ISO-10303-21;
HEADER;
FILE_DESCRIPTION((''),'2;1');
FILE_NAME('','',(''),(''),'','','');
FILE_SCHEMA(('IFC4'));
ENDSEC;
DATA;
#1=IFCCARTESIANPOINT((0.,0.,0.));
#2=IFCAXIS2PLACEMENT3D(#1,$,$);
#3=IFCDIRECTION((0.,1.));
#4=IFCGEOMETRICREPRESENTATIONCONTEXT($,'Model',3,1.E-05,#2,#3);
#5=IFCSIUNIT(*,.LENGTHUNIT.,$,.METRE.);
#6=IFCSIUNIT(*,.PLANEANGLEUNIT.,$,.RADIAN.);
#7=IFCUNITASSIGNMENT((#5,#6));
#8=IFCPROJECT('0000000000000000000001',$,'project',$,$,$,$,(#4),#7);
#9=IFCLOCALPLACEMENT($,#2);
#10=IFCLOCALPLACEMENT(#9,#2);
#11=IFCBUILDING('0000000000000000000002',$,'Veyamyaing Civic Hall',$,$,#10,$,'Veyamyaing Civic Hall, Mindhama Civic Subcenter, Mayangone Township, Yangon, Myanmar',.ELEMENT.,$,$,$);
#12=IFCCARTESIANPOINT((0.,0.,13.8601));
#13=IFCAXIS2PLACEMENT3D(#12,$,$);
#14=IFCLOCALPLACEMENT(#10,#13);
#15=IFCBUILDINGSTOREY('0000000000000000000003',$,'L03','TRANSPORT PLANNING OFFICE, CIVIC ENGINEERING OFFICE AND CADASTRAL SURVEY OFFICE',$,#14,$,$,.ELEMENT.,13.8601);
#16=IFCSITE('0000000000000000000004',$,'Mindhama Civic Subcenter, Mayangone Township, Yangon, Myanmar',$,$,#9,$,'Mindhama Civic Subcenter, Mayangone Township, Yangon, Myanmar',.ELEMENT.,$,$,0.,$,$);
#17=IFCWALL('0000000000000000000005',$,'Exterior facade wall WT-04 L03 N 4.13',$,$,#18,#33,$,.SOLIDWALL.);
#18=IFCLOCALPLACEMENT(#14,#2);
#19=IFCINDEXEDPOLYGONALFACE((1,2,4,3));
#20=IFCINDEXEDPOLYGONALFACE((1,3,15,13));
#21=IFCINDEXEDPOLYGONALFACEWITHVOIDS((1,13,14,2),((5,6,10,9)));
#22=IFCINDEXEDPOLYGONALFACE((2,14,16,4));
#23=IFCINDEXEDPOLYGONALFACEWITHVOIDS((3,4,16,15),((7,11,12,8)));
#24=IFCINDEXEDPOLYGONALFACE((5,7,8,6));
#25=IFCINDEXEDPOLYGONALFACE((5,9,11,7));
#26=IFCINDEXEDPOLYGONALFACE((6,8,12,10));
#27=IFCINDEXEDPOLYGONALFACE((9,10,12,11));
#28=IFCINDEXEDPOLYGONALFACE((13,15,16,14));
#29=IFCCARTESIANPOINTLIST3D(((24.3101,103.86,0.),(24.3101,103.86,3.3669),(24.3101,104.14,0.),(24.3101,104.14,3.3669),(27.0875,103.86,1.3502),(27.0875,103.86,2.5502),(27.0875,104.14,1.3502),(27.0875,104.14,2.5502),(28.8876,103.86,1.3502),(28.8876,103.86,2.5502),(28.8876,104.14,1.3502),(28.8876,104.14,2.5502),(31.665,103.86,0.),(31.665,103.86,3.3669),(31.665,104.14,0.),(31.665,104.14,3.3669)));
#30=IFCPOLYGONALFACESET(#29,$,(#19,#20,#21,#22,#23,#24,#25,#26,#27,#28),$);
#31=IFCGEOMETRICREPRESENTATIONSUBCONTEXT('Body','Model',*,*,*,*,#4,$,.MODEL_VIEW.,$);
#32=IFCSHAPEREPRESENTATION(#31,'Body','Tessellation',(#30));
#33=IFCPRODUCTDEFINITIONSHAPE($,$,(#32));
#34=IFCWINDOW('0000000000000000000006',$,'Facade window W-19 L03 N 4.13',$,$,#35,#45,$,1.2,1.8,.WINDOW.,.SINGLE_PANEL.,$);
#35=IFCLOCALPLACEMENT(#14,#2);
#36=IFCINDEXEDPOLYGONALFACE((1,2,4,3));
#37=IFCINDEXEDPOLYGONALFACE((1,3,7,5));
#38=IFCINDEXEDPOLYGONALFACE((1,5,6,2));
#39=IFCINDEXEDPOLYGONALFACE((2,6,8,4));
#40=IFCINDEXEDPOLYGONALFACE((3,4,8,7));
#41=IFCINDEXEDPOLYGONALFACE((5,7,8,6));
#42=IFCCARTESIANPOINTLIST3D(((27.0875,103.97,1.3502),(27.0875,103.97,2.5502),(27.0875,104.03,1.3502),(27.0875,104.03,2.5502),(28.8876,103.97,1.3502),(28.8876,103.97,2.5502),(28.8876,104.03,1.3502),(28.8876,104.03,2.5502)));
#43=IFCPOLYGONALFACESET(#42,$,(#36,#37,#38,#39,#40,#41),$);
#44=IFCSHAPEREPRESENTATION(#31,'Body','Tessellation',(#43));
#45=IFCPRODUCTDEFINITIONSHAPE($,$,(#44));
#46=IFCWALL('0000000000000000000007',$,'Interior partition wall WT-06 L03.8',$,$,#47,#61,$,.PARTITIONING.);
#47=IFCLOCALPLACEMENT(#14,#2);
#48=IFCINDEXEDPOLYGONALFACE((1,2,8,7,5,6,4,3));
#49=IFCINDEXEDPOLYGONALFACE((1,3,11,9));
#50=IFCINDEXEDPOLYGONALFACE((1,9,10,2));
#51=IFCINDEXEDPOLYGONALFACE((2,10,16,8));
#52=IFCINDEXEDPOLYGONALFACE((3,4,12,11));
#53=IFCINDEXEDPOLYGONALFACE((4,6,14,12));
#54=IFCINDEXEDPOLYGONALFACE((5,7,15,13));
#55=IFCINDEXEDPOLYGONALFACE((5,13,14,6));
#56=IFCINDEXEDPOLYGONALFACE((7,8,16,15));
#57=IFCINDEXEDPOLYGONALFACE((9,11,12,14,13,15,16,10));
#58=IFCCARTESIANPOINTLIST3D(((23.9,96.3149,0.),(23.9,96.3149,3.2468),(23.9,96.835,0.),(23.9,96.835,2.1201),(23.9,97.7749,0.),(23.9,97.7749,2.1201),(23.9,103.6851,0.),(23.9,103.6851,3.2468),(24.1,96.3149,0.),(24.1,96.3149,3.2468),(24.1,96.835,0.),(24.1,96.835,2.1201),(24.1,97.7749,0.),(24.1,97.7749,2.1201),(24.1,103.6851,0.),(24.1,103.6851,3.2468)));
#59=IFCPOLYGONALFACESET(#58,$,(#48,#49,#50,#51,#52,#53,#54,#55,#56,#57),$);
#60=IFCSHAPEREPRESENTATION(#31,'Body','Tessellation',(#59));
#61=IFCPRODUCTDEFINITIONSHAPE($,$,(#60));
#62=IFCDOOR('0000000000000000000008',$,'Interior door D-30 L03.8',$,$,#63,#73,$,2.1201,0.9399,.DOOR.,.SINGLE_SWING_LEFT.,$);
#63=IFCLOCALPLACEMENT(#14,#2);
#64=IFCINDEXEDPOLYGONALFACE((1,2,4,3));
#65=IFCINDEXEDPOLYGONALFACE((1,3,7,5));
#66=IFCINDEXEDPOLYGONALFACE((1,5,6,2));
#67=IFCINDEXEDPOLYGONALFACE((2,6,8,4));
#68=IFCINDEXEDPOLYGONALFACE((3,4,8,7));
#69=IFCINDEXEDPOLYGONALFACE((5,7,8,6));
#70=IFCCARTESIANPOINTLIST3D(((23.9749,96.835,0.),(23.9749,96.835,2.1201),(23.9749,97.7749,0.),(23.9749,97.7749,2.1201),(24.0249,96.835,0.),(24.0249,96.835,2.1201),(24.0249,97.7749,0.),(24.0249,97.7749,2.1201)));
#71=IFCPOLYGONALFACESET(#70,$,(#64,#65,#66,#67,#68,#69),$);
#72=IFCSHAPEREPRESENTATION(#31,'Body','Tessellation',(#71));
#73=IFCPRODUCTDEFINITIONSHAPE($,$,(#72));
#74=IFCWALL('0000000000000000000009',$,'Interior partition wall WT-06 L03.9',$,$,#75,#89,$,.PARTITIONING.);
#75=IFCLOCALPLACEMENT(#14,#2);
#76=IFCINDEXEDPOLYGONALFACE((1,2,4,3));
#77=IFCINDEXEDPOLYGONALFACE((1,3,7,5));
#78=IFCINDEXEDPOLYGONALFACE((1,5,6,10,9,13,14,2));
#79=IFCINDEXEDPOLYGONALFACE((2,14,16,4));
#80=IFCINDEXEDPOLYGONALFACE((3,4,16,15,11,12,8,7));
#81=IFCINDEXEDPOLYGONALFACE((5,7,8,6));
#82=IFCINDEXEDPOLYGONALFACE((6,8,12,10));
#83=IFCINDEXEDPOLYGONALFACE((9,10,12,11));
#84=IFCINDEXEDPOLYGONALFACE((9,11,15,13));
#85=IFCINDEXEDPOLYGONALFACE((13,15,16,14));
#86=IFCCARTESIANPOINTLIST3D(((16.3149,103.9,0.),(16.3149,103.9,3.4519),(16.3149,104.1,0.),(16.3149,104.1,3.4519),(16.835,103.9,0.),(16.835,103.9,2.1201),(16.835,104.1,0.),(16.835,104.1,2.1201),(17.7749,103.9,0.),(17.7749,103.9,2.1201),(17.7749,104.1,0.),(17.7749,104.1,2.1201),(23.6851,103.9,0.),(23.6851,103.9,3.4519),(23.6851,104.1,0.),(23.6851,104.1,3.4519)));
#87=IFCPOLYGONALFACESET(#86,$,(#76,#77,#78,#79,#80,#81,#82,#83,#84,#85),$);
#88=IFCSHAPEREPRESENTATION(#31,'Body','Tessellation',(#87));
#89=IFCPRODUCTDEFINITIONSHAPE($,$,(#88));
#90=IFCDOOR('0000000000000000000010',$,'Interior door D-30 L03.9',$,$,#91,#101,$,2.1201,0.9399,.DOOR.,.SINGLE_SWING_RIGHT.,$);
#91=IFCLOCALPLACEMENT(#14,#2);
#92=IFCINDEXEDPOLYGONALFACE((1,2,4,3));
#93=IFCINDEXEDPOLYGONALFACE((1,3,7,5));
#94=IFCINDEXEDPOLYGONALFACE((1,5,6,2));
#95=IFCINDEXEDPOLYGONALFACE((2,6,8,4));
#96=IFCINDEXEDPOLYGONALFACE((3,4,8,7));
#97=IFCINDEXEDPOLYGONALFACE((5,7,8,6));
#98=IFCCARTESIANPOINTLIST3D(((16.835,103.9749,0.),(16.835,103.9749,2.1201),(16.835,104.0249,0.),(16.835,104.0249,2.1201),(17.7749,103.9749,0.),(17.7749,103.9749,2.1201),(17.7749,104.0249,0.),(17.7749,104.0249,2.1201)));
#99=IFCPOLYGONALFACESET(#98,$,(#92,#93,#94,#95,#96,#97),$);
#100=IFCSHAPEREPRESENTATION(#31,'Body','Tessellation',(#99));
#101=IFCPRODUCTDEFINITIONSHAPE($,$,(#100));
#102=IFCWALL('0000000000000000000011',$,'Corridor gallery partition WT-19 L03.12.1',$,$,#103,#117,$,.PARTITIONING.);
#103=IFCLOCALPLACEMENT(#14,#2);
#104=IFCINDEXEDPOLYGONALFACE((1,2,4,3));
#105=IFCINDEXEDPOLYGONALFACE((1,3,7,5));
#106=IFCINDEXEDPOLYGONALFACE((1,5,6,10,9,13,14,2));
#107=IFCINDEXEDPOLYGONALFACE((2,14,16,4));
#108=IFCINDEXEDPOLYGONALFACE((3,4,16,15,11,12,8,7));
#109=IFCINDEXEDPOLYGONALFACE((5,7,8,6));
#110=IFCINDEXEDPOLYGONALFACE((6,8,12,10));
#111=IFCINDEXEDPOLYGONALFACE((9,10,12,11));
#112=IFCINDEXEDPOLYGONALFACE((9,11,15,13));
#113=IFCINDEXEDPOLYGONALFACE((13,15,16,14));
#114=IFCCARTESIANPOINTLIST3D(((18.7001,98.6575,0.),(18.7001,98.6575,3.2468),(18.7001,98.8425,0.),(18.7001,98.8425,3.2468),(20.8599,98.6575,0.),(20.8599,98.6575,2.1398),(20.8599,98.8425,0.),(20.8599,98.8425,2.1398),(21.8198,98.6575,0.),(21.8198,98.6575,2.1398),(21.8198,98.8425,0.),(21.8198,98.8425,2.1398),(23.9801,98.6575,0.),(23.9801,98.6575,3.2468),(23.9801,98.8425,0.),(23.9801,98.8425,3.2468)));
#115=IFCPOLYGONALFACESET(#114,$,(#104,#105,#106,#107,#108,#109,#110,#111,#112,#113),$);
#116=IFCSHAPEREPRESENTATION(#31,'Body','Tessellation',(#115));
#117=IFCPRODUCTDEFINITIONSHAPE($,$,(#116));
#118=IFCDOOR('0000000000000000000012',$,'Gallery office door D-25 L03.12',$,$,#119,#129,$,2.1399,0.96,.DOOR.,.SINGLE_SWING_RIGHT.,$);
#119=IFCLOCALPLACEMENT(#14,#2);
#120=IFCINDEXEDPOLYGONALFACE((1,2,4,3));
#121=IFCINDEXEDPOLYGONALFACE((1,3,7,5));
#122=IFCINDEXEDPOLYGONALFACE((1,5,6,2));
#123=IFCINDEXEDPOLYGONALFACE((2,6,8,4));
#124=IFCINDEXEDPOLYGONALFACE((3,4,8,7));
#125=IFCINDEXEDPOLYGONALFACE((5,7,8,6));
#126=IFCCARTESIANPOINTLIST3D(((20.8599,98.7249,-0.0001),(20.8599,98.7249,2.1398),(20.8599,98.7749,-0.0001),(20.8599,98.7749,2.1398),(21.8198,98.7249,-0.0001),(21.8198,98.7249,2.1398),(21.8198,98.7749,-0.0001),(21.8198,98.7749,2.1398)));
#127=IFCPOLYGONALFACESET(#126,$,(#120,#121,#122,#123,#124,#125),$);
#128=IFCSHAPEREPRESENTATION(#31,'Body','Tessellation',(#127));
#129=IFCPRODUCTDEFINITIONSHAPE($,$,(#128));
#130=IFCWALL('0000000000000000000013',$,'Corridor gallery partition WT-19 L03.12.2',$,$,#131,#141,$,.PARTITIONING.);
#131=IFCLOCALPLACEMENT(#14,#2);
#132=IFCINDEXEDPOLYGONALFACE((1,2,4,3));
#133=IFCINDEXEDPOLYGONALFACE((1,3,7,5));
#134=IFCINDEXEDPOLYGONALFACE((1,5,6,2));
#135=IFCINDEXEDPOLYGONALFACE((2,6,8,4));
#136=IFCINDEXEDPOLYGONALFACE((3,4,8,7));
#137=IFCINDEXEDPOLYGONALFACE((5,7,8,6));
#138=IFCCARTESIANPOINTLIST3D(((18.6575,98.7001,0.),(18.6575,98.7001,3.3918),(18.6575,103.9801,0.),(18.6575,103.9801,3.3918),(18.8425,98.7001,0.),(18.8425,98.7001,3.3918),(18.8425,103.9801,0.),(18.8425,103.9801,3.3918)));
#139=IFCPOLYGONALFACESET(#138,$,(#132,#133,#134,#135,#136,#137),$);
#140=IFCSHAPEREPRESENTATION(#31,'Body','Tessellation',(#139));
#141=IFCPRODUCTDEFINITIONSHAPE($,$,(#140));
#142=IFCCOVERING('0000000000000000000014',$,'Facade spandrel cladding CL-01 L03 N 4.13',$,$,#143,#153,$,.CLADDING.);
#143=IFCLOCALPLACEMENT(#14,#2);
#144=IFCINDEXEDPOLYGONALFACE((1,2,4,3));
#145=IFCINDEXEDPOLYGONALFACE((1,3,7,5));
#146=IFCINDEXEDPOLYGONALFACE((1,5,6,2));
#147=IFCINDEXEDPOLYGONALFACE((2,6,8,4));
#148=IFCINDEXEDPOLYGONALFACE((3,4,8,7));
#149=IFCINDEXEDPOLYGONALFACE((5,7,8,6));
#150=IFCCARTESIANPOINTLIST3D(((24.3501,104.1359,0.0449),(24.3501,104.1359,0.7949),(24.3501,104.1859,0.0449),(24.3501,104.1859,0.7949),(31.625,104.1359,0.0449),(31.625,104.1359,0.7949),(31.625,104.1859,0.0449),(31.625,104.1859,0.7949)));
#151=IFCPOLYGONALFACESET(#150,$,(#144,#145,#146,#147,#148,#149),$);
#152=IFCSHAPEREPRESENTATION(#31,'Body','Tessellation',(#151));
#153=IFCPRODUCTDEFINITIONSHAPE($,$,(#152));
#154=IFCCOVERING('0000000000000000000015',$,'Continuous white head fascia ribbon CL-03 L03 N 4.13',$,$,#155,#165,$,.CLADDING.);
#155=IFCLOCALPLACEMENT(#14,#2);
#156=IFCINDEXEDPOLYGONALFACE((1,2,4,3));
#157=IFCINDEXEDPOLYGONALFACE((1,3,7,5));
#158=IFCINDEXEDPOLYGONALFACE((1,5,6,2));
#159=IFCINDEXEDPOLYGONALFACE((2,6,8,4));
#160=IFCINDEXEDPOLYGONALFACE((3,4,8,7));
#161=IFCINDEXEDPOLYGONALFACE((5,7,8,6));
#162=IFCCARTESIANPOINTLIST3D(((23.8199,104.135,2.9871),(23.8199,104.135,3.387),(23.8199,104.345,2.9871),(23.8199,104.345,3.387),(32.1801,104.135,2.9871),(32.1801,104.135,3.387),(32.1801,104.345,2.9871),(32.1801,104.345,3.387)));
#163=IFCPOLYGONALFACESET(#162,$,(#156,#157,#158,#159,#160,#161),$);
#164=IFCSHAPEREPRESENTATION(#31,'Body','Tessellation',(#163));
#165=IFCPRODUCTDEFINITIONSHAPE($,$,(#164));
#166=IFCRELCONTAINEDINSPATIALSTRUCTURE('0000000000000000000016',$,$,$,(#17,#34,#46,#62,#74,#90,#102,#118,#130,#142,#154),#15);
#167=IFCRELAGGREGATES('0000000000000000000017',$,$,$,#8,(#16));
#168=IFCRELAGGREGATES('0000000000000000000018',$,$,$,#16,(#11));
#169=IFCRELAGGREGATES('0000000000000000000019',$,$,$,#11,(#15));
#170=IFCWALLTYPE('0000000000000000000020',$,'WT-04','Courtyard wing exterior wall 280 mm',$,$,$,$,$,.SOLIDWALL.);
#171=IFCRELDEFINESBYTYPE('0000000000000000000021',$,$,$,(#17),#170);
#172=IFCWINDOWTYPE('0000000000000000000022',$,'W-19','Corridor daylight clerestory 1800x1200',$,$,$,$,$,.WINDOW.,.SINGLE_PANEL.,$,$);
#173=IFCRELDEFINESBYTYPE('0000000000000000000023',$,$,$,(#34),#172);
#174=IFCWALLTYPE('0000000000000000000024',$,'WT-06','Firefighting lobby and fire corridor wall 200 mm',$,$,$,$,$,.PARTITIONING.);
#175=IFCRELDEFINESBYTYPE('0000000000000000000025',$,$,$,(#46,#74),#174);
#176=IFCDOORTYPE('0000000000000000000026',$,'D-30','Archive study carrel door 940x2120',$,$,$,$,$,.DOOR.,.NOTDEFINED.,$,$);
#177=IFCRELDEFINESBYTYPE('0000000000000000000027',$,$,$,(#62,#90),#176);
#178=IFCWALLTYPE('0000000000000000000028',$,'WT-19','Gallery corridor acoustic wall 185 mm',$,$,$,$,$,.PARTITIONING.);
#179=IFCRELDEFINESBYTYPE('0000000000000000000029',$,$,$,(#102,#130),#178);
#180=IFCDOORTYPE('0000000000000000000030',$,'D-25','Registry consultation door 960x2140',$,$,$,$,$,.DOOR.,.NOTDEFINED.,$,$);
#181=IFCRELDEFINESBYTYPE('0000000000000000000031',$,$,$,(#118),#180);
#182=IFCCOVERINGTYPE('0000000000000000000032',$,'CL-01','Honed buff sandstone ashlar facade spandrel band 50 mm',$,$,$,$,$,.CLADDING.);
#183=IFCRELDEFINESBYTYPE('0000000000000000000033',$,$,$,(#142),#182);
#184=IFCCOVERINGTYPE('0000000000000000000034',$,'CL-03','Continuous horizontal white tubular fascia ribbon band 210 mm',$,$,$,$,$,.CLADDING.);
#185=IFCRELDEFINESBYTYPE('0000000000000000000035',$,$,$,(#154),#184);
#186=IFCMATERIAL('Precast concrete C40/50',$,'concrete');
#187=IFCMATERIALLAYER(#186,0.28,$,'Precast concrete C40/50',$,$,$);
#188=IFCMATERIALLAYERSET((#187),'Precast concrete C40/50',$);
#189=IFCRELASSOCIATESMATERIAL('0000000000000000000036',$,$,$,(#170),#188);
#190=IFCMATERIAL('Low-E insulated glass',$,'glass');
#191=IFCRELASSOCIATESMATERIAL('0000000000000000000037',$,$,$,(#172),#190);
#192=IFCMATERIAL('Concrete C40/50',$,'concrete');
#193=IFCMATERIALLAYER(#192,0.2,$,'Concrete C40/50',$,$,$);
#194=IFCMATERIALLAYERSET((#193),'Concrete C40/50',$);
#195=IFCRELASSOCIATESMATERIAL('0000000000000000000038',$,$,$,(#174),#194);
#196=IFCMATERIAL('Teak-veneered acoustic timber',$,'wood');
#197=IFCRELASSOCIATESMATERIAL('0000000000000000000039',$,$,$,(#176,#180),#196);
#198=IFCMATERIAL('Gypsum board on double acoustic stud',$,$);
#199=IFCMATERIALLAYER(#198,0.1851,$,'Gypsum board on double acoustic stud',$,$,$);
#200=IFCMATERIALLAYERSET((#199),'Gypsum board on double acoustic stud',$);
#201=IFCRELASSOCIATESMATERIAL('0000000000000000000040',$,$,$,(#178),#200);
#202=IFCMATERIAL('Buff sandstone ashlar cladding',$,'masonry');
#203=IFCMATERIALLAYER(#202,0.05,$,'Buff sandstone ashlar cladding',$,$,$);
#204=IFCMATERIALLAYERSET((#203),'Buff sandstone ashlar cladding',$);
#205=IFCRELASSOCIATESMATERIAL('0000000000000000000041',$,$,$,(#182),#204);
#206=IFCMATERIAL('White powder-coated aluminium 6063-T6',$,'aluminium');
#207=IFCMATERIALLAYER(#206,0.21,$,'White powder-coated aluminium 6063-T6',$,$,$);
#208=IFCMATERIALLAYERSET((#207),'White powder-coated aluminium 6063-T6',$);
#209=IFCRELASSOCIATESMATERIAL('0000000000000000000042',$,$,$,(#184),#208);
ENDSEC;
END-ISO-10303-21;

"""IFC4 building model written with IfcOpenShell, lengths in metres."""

from ifc_helpers import new_model, si_unit, direction, frame, frame_2d, origin, origin_2d, place, context, subcontext, project, spatial, rectangle, extrude, material, layer, layer_set, type_object, element, fill, save


model = new_model("IFC4")

# Units and contexts
model_context = context("Model", 3, precision=1e-05, world=origin(), true_north=direction((0.0, 1.0)))
body_context = subcontext(model_context, "Body", "Model", "MODEL_VIEW")
ifc_project = project(units=[si_unit("LENGTHUNIT", "METRE"), si_unit("PLANEANGLEUNIT", "RADIAN")], contexts=[model_context])

# Site, building, storey
site_placement = place(None, origin())
site = spatial("IfcSite", under=ifc_project, at=site_placement, Name="Mindhama Civic Subcenter, Mayangone Township, Yangon, Myanmar", LongName="Mindhama Civic Subcenter, Mayangone Township, Yangon, Myanmar", CompositionType="ELEMENT", RefElevation=0.0)
building_placement = place(site_placement, origin())
building = spatial("IfcBuilding", under=site, at=building_placement, Name="Veyamyaing Civic Hall", LongName="Veyamyaing Civic Hall, Mindhama Civic Subcenter, Mayangone Township, Yangon, Myanmar", CompositionType="ELEMENT")
storey_placement = place(building_placement, frame((0.0, 0.0, 13.8601)))
storey = spatial("IfcBuildingStorey", under=building, at=storey_placement, Name="L03", Description="TRANSPORT PLANNING OFFICE, CIVIC ENGINEERING OFFICE AND CADASTRAL SURVEY OFFICE", CompositionType="ELEMENT", Elevation=13.8601)

# Wall, opening, window
ifc_material_1 = material(Name="Precast concrete C40/50", Category="concrete")
ifc_layer_1 = layer(ifc_material_1, 0.28, Name="Precast concrete C40/50")
ifc_layer_set_1 = layer_set([ifc_layer_1], Name="Precast concrete C40/50")
wall_type_1 = type_object("IfcWallType", Name="WT-04", Description="Courtyard wing exterior wall 280 mm", PredefinedType="SOLIDWALL", material=ifc_layer_set_1)
wall_1_placement = place(storey_placement, frame((24.3101, 104.0, 0.0), z_axis=(0.0, 0.0, 1.0), x_axis=(1.0, 0.0, 0.0)))
wall_1 = element("IfcWall", 1, at=wall_1_placement, inside=storey, type_object=wall_type_1, Name="Exterior facade wall WT-04 L03 N 4.13", PredefinedType="SOLIDWALL", context=body_context, shape_type="SweptSolid", body=[
    extrude(rectangle(XDim=7.355, YDim=0.28, at=frame_2d((3.6775, 0.0))), origin(), (0.0, 0.0, 1.0), 3.3669),
])
opening_1_placement = place(wall_1_placement, frame((2.7776, 0.0, 1.3501)))
opening_1 = element("IfcOpeningElement", 2, at=opening_1_placement, cuts=wall_1, PredefinedType="OPENING", context=body_context, shape_type="SweptSolid", body=[
    extrude(rectangle(XDim=1.8, YDim=1.2, at=frame_2d((0.8999, 0.6001))), frame((0.0, 0.1499, 0.0), z_axis=(0.0, -1.0, 0.0), x_axis=(1.0, 0.0, 0.0)), (0.0, 0.0, 1.0), 0.3),
])
ifc_material_2 = material(Name="Low-E insulated glass", Category="glass")
window_type = type_object("IfcWindowType", Name="W-19", Description="Corridor daylight clerestory 1800x1200", PartitioningType="SINGLE_PANEL", PredefinedType="WINDOW", material=ifc_material_2)
window_placement = place(opening_1_placement, origin())
window = element("IfcWindow", 3, at=window_placement, inside=storey, type_object=window_type, Name="Facade window W-19 L03 N 4.13", OverallHeight=1.2, OverallWidth=1.8, PartitioningType="SINGLE_PANEL", PredefinedType="WINDOW", context=body_context, shape_type="SweptSolid", body=[
    extrude(rectangle(XDim=1.8, YDim=1.2, at=frame_2d((0.8999, 0.6001))), frame((0.0, 0.03, 0.0), z_axis=(0.0, -1.0, 0.0), x_axis=(1.0, 0.0, 0.0)), (0.0, 0.0, 1.0), 0.0601),
])
fill(opening_1, window)

# Walls, openings, doors
ifc_material_3 = material(Name="Concrete C40/50", Category="concrete")
ifc_layer_2 = layer(ifc_material_3, 0.2, Name="Concrete C40/50")
ifc_layer_set_2 = layer_set([ifc_layer_2], Name="Concrete C40/50")
wall_type_2 = type_object("IfcWallType", Name="WT-06", Description="Firefighting lobby and fire corridor wall 200 mm", PredefinedType="PARTITIONING", material=ifc_layer_set_2)
wall_2_placement = place(storey_placement, frame((24.0, 96.3149, 0.0), z_axis=(0.0, 0.0, 1.0), x_axis=(0.0, 1.0, 0.0)))
wall_2 = element("IfcWall", 4, at=wall_2_placement, inside=storey, type_object=wall_type_2, Name="Interior partition wall WT-06 L03.8", PredefinedType="PARTITIONING", context=body_context, shape_type="SweptSolid", body=[
    extrude(rectangle(XDim=7.3701, YDim=0.2, at=frame_2d((3.6851, 0.0))), origin(), (0.0, 0.0, 1.0), 3.2468),
])
opening_2_placement = place(wall_2_placement, frame((0.52, 0.0, 0.0)))
opening_2 = element("IfcOpeningElement", 5, at=opening_2_placement, cuts=wall_2, PredefinedType="OPENING", context=body_context, shape_type="SweptSolid", body=[
    extrude(rectangle(XDim=0.9399, YDim=2.1201, at=frame_2d((0.47, 1.0601))), frame((0.0, 0.1099, 0.0), z_axis=(0.0, -1.0, 0.0), x_axis=(1.0, 0.0, 0.0)), (0.0, 0.0, 1.0), 0.22),
])
ifc_material_4 = material(Name="Teak-veneered acoustic timber", Category="wood")
door_type_1 = type_object("IfcDoorType", Name="D-30", Description="Archive study carrel door 940x2120", OperationType="NOTDEFINED", PredefinedType="DOOR", material=ifc_material_4)
door_1_placement = place(opening_2_placement, frame((0.9399, 0.0, 0.0), z_axis=(0.0, 0.0, 1.0), x_axis=(-1.0, 0.0, 0.0)))
door_1 = element("IfcDoor", 6, at=door_1_placement, inside=storey, type_object=door_type_1, Name="Interior door D-30 L03.8", OperationType="SINGLE_SWING_LEFT", OverallHeight=2.1201, OverallWidth=0.9399, PredefinedType="DOOR", context=body_context, shape_type="SweptSolid", body=[
    extrude(rectangle(XDim=0.9399, YDim=2.1201, at=frame_2d((0.47, 1.0601))), frame((0.0, 0.0249, 0.0), z_axis=(0.0, -1.0, 0.0), x_axis=(1.0, 0.0, 0.0)), (0.0, 0.0, 1.0), 0.05),
])
fill(opening_2, door_1)
wall_3_placement = place(storey_placement, frame((16.3149, 104.0, 0.0), z_axis=(0.0, 0.0, 1.0), x_axis=(1.0, 0.0, 0.0)))
wall_3 = element("IfcWall", 7, at=wall_3_placement, inside=storey, type_object=wall_type_2, Name="Interior partition wall WT-06 L03.9", PredefinedType="PARTITIONING", context=body_context, shape_type="SweptSolid", body=[
    extrude(rectangle(XDim=7.3701, YDim=0.2, at=frame_2d((3.6851, 0.0))), origin(), (0.0, 0.0, 1.0), 3.4519),
])
opening_3_placement = place(wall_3_placement, frame((0.52, 0.0, 0.0)))
opening_3 = element("IfcOpeningElement", 8, at=opening_3_placement, cuts=wall_3, PredefinedType="OPENING", context=body_context, shape_type="SweptSolid", body=[
    extrude(rectangle(XDim=0.9399, YDim=2.1201, at=frame_2d((0.47, 1.0601))), frame((0.0, 0.1099, 0.0), z_axis=(0.0, -1.0, 0.0), x_axis=(1.0, 0.0, 0.0)), (0.0, 0.0, 1.0), 0.22),
])
door_2_placement = place(opening_3_placement, origin())
door_2 = element("IfcDoor", 9, at=door_2_placement, inside=storey, type_object=door_type_1, Name="Interior door D-30 L03.9", OperationType="SINGLE_SWING_RIGHT", OverallHeight=2.1201, OverallWidth=0.9399, PredefinedType="DOOR", context=body_context, shape_type="SweptSolid", body=[
    extrude(rectangle(XDim=0.9399, YDim=2.1201, at=frame_2d((0.47, 1.0601))), frame((0.0, 0.0249, 0.0), z_axis=(0.0, -1.0, 0.0), x_axis=(1.0, 0.0, 0.0)), (0.0, 0.0, 1.0), 0.05),
])
fill(opening_3, door_2)
ifc_material_5 = material(Name="Gypsum board on double acoustic stud")
ifc_layer_3 = layer(ifc_material_5, 0.1851, Name="Gypsum board on double acoustic stud")
ifc_layer_set_3 = layer_set([ifc_layer_3], Name="Gypsum board on double acoustic stud")
wall_type_3 = type_object("IfcWallType", Name="WT-19", Description="Gallery corridor acoustic wall 185 mm", PredefinedType="PARTITIONING", material=ifc_layer_set_3)
wall_4_placement = place(storey_placement, frame((18.7, 98.75, 0.0), z_axis=(0.0, 0.0, 1.0), x_axis=(1.0, 0.0, 0.0)))
wall_4 = element("IfcWall", 10, at=wall_4_placement, inside=storey, type_object=wall_type_3, Name="Corridor gallery partition WT-19 L03.12.1", PredefinedType="PARTITIONING", context=body_context, shape_type="SweptSolid", body=[
    extrude(rectangle(XDim=5.28, YDim=0.1851, at=frame_2d((2.6401, 0.0))), origin(), (0.0, 0.0, 1.0), 3.2468),
])
opening_4_placement = place(wall_4_placement, frame((2.1599, 0.0, 0.0)))
opening_4 = element("IfcOpeningElement", 11, at=opening_4_placement, cuts=wall_4, PredefinedType="OPENING", context=body_context, shape_type="SweptSolid", body=[
    extrude(rectangle(XDim=0.96, YDim=2.1399, at=frame_2d((0.48, 1.0698))), frame((0.0, 0.1025, 0.0), z_axis=(0.0, -1.0, 0.0), x_axis=(1.0, 0.0, 0.0)), (0.0, 0.0, 1.0), 0.2051),
])
door_type_2 = type_object("IfcDoorType", Name="D-25", Description="Registry consultation door 960x2140", OperationType="NOTDEFINED", PredefinedType="DOOR", material=ifc_material_4)
door_3_placement = place(opening_4_placement, origin())
door_3 = element("IfcDoor", 12, at=door_3_placement, inside=storey, type_object=door_type_2, Name="Gallery office door D-25 L03.12", OperationType="SINGLE_SWING_RIGHT", OverallHeight=2.1399, OverallWidth=0.96, PredefinedType="DOOR", context=body_context, shape_type="SweptSolid", body=[
    extrude(rectangle(XDim=0.96, YDim=2.1399, at=frame_2d((0.48, 1.0698))), frame((0.0, 0.0249, 0.0), z_axis=(0.0, -1.0, 0.0), x_axis=(1.0, 0.0, 0.0)), (0.0, 0.0, 1.0), 0.05),
])
fill(opening_4, door_3)

# Wall
wall_5_placement = place(storey_placement, frame((18.75, 98.7, 0.0), z_axis=(0.0, 0.0, 1.0), x_axis=(0.0, 1.0, 0.0)))
element("IfcWall", 13, at=wall_5_placement, inside=storey, type_object=wall_type_3, Name="Corridor gallery partition WT-19 L03.12.2", PredefinedType="PARTITIONING", context=body_context, shape_type="SweptSolid", body=[
    extrude(rectangle(XDim=5.28, YDim=0.1851, at=frame_2d((2.6401, 0.0))), origin(), (0.0, 0.0, 1.0), 3.3918),
])

# Coverings
ifc_material_6 = material(Name="Buff sandstone ashlar cladding", Category="masonry")
ifc_layer_4 = layer(ifc_material_6, 0.05, Name="Buff sandstone ashlar cladding")
ifc_layer_set_4 = layer_set([ifc_layer_4], Name="Buff sandstone ashlar cladding")
covering_type_1 = type_object("IfcCoveringType", Name="CL-01", Description="Honed buff sandstone ashlar facade spandrel band 50 mm", PredefinedType="CLADDING", material=ifc_layer_set_4)
covering_1_placement = place(storey_placement, frame((27.9875, 104.1609, 0.0449), z_axis=(0.0, 0.0, 1.0), x_axis=(1.0, 0.0, 0.0)))
element("IfcCovering", 14, at=covering_1_placement, inside=storey, type_object=covering_type_1, Name="Facade spandrel cladding CL-01 L03 N 4.13", PredefinedType="CLADDING", context=body_context, shape_type="SweptSolid", body=[
    extrude(rectangle(XDim=7.2749, YDim=0.05, at=origin_2d()), origin(), (0.0, 0.0, 1.0), 0.75),
])
ifc_material_7 = material(Name="White powder-coated aluminium 6063-T6", Category="aluminium")
ifc_layer_5 = layer(ifc_material_7, 0.21, Name="White powder-coated aluminium 6063-T6")
ifc_layer_set_5 = layer_set([ifc_layer_5], Name="White powder-coated aluminium 6063-T6")
covering_type_2 = type_object("IfcCoveringType", Name="CL-03", Description="Continuous horizontal white tubular fascia ribbon band 210 mm", PredefinedType="CLADDING", material=ifc_layer_set_5)
covering_2_placement = place(storey_placement, frame((28.0, 104.24, 2.9871), z_axis=(0.0, 0.0, 1.0), x_axis=(1.0, 0.0, 0.0)))
element("IfcCovering", 15, at=covering_2_placement, inside=storey, type_object=covering_type_2, Name="Continuous white head fascia ribbon CL-03 L03 N 4.13", PredefinedType="CLADDING", context=body_context, shape_type="SweptSolid", body=[
    extrude(rectangle(XDim=8.3601, YDim=0.21, at=origin_2d()), origin(), (0.0, 0.0, 1.0), 0.3999),
])

save(model, "model.ifc")
